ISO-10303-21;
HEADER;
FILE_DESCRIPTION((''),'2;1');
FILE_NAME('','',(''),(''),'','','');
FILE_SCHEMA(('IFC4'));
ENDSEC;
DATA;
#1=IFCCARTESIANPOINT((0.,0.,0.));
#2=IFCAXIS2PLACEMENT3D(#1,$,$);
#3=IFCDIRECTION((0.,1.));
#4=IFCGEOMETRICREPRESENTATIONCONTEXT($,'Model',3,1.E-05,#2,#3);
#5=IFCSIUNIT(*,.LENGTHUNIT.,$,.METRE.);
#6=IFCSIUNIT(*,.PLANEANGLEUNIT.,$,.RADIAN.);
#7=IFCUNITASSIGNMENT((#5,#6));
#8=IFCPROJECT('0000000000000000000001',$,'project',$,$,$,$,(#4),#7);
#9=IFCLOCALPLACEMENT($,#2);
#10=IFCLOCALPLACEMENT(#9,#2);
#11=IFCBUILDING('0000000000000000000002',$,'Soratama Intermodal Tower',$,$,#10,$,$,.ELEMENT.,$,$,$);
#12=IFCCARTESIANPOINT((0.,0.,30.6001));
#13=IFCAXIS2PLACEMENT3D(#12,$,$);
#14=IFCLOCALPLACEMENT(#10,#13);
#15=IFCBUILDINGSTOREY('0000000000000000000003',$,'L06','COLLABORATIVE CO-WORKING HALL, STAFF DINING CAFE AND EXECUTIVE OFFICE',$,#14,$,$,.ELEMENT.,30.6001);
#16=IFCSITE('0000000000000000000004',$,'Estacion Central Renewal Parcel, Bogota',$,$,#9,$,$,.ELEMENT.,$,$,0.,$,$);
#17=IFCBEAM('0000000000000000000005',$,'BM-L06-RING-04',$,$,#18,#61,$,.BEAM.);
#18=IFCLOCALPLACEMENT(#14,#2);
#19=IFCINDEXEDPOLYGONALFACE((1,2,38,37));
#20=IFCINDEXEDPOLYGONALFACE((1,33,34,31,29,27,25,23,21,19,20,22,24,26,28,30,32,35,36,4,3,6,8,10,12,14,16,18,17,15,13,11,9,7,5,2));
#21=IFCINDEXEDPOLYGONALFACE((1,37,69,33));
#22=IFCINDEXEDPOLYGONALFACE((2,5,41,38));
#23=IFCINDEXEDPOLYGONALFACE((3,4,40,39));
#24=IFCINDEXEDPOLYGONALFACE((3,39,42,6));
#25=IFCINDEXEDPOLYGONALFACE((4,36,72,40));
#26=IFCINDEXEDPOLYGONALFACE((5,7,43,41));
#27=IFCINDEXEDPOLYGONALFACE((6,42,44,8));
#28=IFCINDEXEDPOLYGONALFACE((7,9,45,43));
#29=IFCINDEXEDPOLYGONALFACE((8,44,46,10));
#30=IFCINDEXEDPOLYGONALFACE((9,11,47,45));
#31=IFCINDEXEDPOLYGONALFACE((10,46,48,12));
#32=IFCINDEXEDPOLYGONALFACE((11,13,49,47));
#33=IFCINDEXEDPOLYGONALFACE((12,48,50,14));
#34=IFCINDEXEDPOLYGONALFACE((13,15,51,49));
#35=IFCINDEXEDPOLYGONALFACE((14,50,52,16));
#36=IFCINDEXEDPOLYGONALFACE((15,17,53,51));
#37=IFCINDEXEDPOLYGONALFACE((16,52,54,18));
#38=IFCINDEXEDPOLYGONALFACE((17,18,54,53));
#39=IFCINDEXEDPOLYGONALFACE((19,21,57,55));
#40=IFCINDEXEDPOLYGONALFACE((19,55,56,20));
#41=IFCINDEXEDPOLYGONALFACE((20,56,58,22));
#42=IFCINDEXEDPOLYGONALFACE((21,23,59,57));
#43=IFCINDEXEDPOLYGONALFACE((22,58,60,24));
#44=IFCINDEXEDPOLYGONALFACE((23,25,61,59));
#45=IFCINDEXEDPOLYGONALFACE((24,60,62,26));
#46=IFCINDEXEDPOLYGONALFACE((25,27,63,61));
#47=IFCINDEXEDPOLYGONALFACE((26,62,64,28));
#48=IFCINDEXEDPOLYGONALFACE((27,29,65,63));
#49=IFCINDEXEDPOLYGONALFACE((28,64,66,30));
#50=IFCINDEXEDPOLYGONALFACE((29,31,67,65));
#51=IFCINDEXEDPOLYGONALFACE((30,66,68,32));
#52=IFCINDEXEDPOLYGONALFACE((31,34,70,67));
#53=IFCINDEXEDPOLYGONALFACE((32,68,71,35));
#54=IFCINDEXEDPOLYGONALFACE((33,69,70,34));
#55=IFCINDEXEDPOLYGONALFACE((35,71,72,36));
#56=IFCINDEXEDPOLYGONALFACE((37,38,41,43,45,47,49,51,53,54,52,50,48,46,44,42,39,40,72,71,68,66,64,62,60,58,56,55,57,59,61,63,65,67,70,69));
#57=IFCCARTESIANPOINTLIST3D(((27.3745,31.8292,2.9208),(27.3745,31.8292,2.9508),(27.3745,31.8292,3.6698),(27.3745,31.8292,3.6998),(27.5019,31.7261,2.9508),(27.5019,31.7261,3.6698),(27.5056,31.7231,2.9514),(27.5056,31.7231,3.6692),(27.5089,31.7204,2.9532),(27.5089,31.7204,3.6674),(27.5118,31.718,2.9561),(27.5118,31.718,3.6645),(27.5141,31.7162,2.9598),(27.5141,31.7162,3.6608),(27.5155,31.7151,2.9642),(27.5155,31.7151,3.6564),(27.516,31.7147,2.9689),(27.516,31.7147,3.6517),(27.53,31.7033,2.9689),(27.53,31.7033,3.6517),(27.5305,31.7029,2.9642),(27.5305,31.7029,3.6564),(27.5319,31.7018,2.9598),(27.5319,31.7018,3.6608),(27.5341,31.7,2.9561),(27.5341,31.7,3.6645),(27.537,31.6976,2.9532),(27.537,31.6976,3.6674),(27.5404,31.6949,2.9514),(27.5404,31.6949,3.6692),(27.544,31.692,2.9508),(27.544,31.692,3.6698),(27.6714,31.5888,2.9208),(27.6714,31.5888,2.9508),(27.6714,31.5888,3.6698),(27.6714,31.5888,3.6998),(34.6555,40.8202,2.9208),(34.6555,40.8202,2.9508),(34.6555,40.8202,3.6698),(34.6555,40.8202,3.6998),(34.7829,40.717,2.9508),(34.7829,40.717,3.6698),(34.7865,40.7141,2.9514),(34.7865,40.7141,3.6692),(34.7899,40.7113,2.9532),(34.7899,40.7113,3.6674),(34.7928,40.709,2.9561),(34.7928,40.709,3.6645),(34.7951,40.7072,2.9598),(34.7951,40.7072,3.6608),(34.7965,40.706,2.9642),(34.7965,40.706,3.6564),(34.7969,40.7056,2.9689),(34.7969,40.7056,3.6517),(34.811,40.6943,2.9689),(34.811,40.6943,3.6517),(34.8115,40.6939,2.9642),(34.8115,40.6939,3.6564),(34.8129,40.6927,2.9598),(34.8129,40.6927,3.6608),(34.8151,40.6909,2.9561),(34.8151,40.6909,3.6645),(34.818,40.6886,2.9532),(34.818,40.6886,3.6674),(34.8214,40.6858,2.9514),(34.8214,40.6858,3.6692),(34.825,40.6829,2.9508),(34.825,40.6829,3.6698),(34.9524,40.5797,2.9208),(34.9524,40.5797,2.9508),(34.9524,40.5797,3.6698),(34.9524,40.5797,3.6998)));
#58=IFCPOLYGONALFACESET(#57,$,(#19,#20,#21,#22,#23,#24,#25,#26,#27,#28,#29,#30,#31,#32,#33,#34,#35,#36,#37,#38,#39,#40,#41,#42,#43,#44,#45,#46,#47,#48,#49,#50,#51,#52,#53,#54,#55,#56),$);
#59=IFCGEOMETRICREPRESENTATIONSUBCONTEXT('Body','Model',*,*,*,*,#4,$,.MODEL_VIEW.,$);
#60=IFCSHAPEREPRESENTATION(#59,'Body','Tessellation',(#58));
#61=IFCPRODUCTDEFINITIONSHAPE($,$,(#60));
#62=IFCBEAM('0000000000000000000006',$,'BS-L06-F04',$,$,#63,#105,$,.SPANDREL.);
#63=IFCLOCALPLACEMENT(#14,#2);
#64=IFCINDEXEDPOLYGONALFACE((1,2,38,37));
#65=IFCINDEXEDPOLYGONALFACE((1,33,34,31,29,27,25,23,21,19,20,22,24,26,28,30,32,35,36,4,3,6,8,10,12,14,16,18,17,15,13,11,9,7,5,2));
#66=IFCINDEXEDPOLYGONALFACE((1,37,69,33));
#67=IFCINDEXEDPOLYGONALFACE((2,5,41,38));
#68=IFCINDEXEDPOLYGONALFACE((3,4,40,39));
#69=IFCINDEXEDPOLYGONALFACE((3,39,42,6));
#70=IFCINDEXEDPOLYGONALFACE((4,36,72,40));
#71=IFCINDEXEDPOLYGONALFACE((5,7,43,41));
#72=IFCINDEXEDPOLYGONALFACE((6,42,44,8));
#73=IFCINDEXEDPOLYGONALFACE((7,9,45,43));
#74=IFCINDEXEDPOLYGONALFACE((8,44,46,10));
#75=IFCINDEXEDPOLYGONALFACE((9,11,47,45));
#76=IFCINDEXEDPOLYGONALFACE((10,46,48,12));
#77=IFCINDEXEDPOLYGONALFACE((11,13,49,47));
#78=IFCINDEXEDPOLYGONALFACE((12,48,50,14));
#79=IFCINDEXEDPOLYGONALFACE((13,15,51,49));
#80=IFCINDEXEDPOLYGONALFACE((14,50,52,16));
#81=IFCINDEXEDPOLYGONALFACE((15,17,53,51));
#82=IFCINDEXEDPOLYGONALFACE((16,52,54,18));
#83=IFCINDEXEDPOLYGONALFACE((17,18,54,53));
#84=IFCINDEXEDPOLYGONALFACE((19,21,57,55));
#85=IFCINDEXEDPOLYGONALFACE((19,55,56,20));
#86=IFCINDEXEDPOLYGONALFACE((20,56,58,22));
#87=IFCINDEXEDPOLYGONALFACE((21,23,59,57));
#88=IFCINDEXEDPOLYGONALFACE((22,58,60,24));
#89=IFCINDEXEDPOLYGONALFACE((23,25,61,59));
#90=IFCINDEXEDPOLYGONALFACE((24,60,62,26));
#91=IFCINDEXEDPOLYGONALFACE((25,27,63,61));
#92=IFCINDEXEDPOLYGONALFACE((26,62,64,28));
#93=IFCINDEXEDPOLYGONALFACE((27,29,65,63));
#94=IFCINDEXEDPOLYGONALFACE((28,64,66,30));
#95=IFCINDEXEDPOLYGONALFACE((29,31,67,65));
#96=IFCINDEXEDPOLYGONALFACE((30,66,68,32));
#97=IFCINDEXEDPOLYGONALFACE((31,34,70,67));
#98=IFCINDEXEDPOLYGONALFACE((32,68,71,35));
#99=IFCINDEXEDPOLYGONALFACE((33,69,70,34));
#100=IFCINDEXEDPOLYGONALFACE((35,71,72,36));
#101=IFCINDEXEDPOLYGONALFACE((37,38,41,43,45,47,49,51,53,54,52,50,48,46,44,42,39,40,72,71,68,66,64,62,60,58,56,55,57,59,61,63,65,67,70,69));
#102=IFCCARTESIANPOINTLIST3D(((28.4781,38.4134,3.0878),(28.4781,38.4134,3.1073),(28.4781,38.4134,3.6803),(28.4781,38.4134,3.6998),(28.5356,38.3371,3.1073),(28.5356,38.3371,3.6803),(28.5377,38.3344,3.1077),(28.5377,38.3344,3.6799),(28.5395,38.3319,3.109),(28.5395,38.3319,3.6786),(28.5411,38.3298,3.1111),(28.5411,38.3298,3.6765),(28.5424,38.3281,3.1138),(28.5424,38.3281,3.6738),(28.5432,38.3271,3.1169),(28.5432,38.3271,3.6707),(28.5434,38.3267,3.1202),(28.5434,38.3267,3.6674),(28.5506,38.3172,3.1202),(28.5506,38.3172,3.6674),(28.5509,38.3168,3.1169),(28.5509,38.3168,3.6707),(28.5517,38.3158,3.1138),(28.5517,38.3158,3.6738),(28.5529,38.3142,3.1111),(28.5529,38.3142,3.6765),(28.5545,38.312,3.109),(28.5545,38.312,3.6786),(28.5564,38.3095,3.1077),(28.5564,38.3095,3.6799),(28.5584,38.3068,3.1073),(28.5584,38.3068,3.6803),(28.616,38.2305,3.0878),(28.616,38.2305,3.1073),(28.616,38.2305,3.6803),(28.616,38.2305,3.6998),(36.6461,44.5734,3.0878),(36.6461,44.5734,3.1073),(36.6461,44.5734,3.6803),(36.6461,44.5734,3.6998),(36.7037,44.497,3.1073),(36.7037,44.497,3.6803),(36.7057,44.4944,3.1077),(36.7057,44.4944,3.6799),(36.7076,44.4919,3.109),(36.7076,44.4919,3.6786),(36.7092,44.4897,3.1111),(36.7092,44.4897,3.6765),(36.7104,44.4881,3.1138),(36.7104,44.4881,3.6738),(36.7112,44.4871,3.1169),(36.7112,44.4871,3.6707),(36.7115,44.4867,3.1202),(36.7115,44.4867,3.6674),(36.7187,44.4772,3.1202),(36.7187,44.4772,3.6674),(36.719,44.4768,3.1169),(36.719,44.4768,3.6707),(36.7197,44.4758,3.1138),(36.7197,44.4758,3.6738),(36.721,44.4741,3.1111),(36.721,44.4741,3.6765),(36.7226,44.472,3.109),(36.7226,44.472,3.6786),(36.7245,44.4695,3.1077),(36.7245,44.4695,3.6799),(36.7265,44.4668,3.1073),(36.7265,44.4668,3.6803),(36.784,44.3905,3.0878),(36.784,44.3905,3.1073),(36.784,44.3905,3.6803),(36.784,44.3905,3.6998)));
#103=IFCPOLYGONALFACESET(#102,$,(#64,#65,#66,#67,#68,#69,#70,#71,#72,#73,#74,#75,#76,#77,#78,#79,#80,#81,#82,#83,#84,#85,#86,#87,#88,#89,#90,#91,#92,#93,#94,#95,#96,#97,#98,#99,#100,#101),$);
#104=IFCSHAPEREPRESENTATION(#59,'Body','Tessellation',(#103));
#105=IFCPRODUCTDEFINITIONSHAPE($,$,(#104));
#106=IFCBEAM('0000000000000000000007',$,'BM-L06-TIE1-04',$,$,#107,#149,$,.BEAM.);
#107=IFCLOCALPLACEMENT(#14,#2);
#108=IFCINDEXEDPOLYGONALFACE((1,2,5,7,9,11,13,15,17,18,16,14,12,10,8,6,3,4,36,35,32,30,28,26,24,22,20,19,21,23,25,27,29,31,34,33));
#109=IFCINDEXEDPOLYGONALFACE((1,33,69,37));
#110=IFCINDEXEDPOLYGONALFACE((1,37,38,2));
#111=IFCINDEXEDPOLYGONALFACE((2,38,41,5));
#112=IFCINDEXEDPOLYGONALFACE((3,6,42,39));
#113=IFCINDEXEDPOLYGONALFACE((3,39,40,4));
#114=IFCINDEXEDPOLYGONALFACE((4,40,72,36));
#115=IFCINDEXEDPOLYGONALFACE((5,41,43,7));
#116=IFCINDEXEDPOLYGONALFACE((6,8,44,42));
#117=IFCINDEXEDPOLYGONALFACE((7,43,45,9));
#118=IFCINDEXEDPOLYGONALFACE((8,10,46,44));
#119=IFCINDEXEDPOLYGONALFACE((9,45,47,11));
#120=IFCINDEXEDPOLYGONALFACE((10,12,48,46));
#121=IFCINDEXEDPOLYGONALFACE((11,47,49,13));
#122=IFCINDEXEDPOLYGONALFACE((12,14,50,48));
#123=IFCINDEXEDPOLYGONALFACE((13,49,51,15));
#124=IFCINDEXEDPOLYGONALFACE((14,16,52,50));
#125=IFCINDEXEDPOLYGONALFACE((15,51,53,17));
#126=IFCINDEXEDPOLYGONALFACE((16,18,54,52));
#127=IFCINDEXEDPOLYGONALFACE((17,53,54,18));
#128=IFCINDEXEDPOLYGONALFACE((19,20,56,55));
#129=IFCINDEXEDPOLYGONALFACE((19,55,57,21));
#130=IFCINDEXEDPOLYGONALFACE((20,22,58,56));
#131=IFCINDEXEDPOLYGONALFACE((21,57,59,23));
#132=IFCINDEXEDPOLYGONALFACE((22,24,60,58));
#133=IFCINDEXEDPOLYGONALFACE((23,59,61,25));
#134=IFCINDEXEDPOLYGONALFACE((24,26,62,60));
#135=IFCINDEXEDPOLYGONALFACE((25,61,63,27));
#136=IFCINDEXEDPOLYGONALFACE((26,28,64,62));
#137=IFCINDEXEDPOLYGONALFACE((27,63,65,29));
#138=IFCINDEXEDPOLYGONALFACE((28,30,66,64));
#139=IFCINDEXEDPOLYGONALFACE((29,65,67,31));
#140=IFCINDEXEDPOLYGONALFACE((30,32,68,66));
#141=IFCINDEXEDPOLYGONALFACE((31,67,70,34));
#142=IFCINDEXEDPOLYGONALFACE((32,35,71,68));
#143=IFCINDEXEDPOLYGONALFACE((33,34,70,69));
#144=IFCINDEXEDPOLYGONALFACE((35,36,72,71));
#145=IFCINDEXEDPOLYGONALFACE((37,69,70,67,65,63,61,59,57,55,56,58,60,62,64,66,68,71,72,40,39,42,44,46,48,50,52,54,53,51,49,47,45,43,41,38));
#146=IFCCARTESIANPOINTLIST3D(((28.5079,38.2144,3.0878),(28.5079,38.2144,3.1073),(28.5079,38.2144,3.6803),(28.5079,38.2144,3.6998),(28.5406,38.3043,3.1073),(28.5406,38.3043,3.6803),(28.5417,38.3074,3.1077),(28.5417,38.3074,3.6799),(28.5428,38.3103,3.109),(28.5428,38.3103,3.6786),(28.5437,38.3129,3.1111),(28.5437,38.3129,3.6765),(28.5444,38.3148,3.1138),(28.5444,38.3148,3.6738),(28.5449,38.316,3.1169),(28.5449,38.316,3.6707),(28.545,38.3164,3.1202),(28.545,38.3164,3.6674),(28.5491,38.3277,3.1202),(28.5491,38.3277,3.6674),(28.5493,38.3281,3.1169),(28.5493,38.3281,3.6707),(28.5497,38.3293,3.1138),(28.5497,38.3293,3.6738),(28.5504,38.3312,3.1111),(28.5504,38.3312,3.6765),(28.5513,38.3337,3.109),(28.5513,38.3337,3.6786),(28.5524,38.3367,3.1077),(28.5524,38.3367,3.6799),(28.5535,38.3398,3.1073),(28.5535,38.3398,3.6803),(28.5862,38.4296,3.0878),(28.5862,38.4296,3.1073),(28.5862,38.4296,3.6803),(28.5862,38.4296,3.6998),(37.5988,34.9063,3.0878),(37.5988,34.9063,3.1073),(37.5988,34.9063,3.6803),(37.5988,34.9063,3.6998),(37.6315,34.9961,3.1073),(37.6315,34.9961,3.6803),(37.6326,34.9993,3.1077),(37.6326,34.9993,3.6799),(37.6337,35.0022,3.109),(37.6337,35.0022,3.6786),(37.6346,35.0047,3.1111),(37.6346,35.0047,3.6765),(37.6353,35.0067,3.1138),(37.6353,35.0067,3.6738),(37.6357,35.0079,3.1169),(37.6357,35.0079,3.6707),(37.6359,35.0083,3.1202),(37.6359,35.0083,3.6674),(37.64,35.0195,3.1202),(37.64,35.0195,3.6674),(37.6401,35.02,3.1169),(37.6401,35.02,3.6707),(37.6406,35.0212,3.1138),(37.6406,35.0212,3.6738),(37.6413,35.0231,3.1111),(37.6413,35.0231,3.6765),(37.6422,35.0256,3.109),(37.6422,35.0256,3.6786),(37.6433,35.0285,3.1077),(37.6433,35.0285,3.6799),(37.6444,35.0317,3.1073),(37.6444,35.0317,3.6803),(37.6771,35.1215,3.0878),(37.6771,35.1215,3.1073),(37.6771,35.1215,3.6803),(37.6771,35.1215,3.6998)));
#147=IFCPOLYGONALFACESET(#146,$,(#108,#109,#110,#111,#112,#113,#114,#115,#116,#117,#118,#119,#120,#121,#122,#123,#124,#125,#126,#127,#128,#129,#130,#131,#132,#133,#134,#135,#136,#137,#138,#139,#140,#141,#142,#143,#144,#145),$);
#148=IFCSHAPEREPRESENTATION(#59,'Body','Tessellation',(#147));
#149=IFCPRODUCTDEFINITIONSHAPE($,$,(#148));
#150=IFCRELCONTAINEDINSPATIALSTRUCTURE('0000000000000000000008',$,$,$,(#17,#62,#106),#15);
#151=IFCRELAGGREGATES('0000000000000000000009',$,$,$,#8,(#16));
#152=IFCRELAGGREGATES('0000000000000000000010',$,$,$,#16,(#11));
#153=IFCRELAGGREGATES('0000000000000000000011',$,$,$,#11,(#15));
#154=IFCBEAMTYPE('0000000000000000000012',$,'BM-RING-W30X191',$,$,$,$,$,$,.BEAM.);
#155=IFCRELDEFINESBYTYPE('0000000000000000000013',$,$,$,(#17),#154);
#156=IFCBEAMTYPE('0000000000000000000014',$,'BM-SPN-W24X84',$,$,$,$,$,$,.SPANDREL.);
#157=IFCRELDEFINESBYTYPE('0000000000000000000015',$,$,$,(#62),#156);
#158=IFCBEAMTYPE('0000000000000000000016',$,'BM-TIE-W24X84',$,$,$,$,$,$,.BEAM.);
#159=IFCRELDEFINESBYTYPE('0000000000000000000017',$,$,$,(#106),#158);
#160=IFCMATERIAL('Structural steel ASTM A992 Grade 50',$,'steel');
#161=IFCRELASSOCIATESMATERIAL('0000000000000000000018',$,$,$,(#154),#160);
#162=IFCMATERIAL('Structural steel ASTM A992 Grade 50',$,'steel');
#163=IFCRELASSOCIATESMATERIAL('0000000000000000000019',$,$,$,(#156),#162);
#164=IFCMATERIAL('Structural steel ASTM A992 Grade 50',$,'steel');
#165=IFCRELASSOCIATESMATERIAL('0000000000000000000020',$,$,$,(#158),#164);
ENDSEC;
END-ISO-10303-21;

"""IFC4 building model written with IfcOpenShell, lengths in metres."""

from ifc_helpers import new_model, si_unit, direction, frame, origin, origin_2d, place, context, subcontext, project, spatial, i_section, extrude, material, material_profile, profile_set, type_object, element, save


model = new_model("IFC4")

# Units and contexts
model_context = context("Model", 3, precision=1e-05, world=origin(), true_north=direction((0.0, 1.0)))
body_context = subcontext(model_context, "Body", "Model", "MODEL_VIEW")
ifc_project = project(units=[si_unit("LENGTHUNIT", "METRE"), si_unit("PLANEANGLEUNIT", "RADIAN")], contexts=[model_context])

# Site, building, storey
site_placement = place(None, origin())
site = spatial("IfcSite", under=ifc_project, at=site_placement, Name="Estacion Central Renewal Parcel, Bogota", CompositionType="ELEMENT", RefElevation=0.0)
building_placement = place(site_placement, origin())
building = spatial("IfcBuilding", under=site, at=building_placement, Name="Soratama Intermodal Tower", CompositionType="ELEMENT")
storey_placement = place(building_placement, frame((0.0, 0.0, 30.6001)))
storey = spatial("IfcBuildingStorey", under=building, at=storey_placement, Name="L06", Description="COLLABORATIVE CO-WORKING HALL, STAFF DINING CAFE AND EXECUTIVE OFFICE", CompositionType="ELEMENT", Elevation=30.6001)

# Beams
ifc_material_1 = material(Name="Structural steel ASTM A992 Grade 50", Category="steel")
ifc_material_profile_1 = material_profile(ifc_material_1, i_section(OverallWidth=0.3821, OverallDepth=0.7791, WebThickness=0.0181, FlangeThickness=0.03, FilletRadius=0.0181, at=origin_2d()), Name="W30X191")
ifc_profile_set_1 = profile_set([ifc_material_profile_1], Name="Structural steel ASTM A992 Grade 50")
beam_type_1 = type_object("IfcBeamType", Name="BM-RING-W30X191", PredefinedType="BEAM", material=ifc_profile_set_1)
beam_1_placement = place(storey_placement, frame((34.804, 40.7, 3.3103), z_axis=(-0.629334, -0.777135, 0.0), x_axis=(0.777135, -0.629334, 0.0)))
element("IfcBeam", 1, at=beam_1_placement, inside=storey, type_object=beam_type_1, Name="BM-L06-RING-04", PredefinedType="BEAM", context=body_context, shape_type="SweptSolid", body=[
    extrude(i_section(OverallWidth=0.3821, OverallDepth=0.7791, WebThickness=0.0181, FlangeThickness=0.03, FilletRadius=0.0181, at=origin_2d()), origin(), (0.0, 0.0, 1.0), 11.5693),
])
ifc_material_2 = material(Name="Structural steel ASTM A992 Grade 50", Category="steel")
ifc_material_profile_2 = material_profile(ifc_material_2, i_section(OverallWidth=0.229, OverallDepth=0.6121, WebThickness=0.012, FlangeThickness=0.0195, FilletRadius=0.0129, at=origin_2d()), Name="W24X84")
ifc_profile_set_2 = profile_set([ifc_material_profile_2], Name="Structural steel ASTM A992 Grade 50")
beam_type_2 = type_object("IfcBeamType", Name="BM-SPN-W24X84", PredefinedType="SPANDREL", material=ifc_profile_set_2)
beam_2_placement = place(storey_placement, frame((36.7151, 44.4819, 3.3938), z_axis=(-0.798405, -0.602121, 0.0), x_axis=(0.602121, -0.798405, 0.0)))
element("IfcBeam", 2, at=beam_2_placement, inside=storey, type_object=beam_type_2, Name="BS-L06-F04", PredefinedType="SPANDREL", context=body_context, shape_type="SweptSolid", body=[
    extrude(i_section(OverallWidth=0.229, OverallDepth=0.6121, WebThickness=0.012, FlangeThickness=0.0195, FilletRadius=0.0129, at=origin_2d()), origin(), (0.0, 0.0, 1.0), 10.2305),
])
ifc_material_3 = material(Name="Structural steel ASTM A992 Grade 50", Category="steel")
ifc_material_profile_3 = material_profile(ifc_material_3, i_section(OverallWidth=0.229, OverallDepth=0.6121, WebThickness=0.012, FlangeThickness=0.0195, FilletRadius=0.0129, at=origin_2d()), Name="W24X84")
ifc_profile_set_3 = profile_set([ifc_material_profile_3], Name="Structural steel ASTM A992 Grade 50")
beam_type_3 = type_object("IfcBeamType", Name="BM-TIE-W24X84", PredefinedType="BEAM", material=ifc_profile_set_3)
beam_3_placement = place(storey_placement, frame((37.6379, 35.0139, 3.3938), z_axis=(-0.939715, 0.341958, 0.0), x_axis=(-0.341958, -0.939715, 0.0)))
element("IfcBeam", 3, at=beam_3_placement, inside=storey, type_object=beam_type_3, Name="BM-L06-TIE1-04", PredefinedType="BEAM", context=body_context, shape_type="SweptSolid", body=[
    extrude(i_section(OverallWidth=0.229, OverallDepth=0.6121, WebThickness=0.012, FlangeThickness=0.0195, FilletRadius=0.0129, at=origin_2d()), origin(), (0.0, 0.0, 1.0), 9.6741),
])

save(model, "model.ifc")
